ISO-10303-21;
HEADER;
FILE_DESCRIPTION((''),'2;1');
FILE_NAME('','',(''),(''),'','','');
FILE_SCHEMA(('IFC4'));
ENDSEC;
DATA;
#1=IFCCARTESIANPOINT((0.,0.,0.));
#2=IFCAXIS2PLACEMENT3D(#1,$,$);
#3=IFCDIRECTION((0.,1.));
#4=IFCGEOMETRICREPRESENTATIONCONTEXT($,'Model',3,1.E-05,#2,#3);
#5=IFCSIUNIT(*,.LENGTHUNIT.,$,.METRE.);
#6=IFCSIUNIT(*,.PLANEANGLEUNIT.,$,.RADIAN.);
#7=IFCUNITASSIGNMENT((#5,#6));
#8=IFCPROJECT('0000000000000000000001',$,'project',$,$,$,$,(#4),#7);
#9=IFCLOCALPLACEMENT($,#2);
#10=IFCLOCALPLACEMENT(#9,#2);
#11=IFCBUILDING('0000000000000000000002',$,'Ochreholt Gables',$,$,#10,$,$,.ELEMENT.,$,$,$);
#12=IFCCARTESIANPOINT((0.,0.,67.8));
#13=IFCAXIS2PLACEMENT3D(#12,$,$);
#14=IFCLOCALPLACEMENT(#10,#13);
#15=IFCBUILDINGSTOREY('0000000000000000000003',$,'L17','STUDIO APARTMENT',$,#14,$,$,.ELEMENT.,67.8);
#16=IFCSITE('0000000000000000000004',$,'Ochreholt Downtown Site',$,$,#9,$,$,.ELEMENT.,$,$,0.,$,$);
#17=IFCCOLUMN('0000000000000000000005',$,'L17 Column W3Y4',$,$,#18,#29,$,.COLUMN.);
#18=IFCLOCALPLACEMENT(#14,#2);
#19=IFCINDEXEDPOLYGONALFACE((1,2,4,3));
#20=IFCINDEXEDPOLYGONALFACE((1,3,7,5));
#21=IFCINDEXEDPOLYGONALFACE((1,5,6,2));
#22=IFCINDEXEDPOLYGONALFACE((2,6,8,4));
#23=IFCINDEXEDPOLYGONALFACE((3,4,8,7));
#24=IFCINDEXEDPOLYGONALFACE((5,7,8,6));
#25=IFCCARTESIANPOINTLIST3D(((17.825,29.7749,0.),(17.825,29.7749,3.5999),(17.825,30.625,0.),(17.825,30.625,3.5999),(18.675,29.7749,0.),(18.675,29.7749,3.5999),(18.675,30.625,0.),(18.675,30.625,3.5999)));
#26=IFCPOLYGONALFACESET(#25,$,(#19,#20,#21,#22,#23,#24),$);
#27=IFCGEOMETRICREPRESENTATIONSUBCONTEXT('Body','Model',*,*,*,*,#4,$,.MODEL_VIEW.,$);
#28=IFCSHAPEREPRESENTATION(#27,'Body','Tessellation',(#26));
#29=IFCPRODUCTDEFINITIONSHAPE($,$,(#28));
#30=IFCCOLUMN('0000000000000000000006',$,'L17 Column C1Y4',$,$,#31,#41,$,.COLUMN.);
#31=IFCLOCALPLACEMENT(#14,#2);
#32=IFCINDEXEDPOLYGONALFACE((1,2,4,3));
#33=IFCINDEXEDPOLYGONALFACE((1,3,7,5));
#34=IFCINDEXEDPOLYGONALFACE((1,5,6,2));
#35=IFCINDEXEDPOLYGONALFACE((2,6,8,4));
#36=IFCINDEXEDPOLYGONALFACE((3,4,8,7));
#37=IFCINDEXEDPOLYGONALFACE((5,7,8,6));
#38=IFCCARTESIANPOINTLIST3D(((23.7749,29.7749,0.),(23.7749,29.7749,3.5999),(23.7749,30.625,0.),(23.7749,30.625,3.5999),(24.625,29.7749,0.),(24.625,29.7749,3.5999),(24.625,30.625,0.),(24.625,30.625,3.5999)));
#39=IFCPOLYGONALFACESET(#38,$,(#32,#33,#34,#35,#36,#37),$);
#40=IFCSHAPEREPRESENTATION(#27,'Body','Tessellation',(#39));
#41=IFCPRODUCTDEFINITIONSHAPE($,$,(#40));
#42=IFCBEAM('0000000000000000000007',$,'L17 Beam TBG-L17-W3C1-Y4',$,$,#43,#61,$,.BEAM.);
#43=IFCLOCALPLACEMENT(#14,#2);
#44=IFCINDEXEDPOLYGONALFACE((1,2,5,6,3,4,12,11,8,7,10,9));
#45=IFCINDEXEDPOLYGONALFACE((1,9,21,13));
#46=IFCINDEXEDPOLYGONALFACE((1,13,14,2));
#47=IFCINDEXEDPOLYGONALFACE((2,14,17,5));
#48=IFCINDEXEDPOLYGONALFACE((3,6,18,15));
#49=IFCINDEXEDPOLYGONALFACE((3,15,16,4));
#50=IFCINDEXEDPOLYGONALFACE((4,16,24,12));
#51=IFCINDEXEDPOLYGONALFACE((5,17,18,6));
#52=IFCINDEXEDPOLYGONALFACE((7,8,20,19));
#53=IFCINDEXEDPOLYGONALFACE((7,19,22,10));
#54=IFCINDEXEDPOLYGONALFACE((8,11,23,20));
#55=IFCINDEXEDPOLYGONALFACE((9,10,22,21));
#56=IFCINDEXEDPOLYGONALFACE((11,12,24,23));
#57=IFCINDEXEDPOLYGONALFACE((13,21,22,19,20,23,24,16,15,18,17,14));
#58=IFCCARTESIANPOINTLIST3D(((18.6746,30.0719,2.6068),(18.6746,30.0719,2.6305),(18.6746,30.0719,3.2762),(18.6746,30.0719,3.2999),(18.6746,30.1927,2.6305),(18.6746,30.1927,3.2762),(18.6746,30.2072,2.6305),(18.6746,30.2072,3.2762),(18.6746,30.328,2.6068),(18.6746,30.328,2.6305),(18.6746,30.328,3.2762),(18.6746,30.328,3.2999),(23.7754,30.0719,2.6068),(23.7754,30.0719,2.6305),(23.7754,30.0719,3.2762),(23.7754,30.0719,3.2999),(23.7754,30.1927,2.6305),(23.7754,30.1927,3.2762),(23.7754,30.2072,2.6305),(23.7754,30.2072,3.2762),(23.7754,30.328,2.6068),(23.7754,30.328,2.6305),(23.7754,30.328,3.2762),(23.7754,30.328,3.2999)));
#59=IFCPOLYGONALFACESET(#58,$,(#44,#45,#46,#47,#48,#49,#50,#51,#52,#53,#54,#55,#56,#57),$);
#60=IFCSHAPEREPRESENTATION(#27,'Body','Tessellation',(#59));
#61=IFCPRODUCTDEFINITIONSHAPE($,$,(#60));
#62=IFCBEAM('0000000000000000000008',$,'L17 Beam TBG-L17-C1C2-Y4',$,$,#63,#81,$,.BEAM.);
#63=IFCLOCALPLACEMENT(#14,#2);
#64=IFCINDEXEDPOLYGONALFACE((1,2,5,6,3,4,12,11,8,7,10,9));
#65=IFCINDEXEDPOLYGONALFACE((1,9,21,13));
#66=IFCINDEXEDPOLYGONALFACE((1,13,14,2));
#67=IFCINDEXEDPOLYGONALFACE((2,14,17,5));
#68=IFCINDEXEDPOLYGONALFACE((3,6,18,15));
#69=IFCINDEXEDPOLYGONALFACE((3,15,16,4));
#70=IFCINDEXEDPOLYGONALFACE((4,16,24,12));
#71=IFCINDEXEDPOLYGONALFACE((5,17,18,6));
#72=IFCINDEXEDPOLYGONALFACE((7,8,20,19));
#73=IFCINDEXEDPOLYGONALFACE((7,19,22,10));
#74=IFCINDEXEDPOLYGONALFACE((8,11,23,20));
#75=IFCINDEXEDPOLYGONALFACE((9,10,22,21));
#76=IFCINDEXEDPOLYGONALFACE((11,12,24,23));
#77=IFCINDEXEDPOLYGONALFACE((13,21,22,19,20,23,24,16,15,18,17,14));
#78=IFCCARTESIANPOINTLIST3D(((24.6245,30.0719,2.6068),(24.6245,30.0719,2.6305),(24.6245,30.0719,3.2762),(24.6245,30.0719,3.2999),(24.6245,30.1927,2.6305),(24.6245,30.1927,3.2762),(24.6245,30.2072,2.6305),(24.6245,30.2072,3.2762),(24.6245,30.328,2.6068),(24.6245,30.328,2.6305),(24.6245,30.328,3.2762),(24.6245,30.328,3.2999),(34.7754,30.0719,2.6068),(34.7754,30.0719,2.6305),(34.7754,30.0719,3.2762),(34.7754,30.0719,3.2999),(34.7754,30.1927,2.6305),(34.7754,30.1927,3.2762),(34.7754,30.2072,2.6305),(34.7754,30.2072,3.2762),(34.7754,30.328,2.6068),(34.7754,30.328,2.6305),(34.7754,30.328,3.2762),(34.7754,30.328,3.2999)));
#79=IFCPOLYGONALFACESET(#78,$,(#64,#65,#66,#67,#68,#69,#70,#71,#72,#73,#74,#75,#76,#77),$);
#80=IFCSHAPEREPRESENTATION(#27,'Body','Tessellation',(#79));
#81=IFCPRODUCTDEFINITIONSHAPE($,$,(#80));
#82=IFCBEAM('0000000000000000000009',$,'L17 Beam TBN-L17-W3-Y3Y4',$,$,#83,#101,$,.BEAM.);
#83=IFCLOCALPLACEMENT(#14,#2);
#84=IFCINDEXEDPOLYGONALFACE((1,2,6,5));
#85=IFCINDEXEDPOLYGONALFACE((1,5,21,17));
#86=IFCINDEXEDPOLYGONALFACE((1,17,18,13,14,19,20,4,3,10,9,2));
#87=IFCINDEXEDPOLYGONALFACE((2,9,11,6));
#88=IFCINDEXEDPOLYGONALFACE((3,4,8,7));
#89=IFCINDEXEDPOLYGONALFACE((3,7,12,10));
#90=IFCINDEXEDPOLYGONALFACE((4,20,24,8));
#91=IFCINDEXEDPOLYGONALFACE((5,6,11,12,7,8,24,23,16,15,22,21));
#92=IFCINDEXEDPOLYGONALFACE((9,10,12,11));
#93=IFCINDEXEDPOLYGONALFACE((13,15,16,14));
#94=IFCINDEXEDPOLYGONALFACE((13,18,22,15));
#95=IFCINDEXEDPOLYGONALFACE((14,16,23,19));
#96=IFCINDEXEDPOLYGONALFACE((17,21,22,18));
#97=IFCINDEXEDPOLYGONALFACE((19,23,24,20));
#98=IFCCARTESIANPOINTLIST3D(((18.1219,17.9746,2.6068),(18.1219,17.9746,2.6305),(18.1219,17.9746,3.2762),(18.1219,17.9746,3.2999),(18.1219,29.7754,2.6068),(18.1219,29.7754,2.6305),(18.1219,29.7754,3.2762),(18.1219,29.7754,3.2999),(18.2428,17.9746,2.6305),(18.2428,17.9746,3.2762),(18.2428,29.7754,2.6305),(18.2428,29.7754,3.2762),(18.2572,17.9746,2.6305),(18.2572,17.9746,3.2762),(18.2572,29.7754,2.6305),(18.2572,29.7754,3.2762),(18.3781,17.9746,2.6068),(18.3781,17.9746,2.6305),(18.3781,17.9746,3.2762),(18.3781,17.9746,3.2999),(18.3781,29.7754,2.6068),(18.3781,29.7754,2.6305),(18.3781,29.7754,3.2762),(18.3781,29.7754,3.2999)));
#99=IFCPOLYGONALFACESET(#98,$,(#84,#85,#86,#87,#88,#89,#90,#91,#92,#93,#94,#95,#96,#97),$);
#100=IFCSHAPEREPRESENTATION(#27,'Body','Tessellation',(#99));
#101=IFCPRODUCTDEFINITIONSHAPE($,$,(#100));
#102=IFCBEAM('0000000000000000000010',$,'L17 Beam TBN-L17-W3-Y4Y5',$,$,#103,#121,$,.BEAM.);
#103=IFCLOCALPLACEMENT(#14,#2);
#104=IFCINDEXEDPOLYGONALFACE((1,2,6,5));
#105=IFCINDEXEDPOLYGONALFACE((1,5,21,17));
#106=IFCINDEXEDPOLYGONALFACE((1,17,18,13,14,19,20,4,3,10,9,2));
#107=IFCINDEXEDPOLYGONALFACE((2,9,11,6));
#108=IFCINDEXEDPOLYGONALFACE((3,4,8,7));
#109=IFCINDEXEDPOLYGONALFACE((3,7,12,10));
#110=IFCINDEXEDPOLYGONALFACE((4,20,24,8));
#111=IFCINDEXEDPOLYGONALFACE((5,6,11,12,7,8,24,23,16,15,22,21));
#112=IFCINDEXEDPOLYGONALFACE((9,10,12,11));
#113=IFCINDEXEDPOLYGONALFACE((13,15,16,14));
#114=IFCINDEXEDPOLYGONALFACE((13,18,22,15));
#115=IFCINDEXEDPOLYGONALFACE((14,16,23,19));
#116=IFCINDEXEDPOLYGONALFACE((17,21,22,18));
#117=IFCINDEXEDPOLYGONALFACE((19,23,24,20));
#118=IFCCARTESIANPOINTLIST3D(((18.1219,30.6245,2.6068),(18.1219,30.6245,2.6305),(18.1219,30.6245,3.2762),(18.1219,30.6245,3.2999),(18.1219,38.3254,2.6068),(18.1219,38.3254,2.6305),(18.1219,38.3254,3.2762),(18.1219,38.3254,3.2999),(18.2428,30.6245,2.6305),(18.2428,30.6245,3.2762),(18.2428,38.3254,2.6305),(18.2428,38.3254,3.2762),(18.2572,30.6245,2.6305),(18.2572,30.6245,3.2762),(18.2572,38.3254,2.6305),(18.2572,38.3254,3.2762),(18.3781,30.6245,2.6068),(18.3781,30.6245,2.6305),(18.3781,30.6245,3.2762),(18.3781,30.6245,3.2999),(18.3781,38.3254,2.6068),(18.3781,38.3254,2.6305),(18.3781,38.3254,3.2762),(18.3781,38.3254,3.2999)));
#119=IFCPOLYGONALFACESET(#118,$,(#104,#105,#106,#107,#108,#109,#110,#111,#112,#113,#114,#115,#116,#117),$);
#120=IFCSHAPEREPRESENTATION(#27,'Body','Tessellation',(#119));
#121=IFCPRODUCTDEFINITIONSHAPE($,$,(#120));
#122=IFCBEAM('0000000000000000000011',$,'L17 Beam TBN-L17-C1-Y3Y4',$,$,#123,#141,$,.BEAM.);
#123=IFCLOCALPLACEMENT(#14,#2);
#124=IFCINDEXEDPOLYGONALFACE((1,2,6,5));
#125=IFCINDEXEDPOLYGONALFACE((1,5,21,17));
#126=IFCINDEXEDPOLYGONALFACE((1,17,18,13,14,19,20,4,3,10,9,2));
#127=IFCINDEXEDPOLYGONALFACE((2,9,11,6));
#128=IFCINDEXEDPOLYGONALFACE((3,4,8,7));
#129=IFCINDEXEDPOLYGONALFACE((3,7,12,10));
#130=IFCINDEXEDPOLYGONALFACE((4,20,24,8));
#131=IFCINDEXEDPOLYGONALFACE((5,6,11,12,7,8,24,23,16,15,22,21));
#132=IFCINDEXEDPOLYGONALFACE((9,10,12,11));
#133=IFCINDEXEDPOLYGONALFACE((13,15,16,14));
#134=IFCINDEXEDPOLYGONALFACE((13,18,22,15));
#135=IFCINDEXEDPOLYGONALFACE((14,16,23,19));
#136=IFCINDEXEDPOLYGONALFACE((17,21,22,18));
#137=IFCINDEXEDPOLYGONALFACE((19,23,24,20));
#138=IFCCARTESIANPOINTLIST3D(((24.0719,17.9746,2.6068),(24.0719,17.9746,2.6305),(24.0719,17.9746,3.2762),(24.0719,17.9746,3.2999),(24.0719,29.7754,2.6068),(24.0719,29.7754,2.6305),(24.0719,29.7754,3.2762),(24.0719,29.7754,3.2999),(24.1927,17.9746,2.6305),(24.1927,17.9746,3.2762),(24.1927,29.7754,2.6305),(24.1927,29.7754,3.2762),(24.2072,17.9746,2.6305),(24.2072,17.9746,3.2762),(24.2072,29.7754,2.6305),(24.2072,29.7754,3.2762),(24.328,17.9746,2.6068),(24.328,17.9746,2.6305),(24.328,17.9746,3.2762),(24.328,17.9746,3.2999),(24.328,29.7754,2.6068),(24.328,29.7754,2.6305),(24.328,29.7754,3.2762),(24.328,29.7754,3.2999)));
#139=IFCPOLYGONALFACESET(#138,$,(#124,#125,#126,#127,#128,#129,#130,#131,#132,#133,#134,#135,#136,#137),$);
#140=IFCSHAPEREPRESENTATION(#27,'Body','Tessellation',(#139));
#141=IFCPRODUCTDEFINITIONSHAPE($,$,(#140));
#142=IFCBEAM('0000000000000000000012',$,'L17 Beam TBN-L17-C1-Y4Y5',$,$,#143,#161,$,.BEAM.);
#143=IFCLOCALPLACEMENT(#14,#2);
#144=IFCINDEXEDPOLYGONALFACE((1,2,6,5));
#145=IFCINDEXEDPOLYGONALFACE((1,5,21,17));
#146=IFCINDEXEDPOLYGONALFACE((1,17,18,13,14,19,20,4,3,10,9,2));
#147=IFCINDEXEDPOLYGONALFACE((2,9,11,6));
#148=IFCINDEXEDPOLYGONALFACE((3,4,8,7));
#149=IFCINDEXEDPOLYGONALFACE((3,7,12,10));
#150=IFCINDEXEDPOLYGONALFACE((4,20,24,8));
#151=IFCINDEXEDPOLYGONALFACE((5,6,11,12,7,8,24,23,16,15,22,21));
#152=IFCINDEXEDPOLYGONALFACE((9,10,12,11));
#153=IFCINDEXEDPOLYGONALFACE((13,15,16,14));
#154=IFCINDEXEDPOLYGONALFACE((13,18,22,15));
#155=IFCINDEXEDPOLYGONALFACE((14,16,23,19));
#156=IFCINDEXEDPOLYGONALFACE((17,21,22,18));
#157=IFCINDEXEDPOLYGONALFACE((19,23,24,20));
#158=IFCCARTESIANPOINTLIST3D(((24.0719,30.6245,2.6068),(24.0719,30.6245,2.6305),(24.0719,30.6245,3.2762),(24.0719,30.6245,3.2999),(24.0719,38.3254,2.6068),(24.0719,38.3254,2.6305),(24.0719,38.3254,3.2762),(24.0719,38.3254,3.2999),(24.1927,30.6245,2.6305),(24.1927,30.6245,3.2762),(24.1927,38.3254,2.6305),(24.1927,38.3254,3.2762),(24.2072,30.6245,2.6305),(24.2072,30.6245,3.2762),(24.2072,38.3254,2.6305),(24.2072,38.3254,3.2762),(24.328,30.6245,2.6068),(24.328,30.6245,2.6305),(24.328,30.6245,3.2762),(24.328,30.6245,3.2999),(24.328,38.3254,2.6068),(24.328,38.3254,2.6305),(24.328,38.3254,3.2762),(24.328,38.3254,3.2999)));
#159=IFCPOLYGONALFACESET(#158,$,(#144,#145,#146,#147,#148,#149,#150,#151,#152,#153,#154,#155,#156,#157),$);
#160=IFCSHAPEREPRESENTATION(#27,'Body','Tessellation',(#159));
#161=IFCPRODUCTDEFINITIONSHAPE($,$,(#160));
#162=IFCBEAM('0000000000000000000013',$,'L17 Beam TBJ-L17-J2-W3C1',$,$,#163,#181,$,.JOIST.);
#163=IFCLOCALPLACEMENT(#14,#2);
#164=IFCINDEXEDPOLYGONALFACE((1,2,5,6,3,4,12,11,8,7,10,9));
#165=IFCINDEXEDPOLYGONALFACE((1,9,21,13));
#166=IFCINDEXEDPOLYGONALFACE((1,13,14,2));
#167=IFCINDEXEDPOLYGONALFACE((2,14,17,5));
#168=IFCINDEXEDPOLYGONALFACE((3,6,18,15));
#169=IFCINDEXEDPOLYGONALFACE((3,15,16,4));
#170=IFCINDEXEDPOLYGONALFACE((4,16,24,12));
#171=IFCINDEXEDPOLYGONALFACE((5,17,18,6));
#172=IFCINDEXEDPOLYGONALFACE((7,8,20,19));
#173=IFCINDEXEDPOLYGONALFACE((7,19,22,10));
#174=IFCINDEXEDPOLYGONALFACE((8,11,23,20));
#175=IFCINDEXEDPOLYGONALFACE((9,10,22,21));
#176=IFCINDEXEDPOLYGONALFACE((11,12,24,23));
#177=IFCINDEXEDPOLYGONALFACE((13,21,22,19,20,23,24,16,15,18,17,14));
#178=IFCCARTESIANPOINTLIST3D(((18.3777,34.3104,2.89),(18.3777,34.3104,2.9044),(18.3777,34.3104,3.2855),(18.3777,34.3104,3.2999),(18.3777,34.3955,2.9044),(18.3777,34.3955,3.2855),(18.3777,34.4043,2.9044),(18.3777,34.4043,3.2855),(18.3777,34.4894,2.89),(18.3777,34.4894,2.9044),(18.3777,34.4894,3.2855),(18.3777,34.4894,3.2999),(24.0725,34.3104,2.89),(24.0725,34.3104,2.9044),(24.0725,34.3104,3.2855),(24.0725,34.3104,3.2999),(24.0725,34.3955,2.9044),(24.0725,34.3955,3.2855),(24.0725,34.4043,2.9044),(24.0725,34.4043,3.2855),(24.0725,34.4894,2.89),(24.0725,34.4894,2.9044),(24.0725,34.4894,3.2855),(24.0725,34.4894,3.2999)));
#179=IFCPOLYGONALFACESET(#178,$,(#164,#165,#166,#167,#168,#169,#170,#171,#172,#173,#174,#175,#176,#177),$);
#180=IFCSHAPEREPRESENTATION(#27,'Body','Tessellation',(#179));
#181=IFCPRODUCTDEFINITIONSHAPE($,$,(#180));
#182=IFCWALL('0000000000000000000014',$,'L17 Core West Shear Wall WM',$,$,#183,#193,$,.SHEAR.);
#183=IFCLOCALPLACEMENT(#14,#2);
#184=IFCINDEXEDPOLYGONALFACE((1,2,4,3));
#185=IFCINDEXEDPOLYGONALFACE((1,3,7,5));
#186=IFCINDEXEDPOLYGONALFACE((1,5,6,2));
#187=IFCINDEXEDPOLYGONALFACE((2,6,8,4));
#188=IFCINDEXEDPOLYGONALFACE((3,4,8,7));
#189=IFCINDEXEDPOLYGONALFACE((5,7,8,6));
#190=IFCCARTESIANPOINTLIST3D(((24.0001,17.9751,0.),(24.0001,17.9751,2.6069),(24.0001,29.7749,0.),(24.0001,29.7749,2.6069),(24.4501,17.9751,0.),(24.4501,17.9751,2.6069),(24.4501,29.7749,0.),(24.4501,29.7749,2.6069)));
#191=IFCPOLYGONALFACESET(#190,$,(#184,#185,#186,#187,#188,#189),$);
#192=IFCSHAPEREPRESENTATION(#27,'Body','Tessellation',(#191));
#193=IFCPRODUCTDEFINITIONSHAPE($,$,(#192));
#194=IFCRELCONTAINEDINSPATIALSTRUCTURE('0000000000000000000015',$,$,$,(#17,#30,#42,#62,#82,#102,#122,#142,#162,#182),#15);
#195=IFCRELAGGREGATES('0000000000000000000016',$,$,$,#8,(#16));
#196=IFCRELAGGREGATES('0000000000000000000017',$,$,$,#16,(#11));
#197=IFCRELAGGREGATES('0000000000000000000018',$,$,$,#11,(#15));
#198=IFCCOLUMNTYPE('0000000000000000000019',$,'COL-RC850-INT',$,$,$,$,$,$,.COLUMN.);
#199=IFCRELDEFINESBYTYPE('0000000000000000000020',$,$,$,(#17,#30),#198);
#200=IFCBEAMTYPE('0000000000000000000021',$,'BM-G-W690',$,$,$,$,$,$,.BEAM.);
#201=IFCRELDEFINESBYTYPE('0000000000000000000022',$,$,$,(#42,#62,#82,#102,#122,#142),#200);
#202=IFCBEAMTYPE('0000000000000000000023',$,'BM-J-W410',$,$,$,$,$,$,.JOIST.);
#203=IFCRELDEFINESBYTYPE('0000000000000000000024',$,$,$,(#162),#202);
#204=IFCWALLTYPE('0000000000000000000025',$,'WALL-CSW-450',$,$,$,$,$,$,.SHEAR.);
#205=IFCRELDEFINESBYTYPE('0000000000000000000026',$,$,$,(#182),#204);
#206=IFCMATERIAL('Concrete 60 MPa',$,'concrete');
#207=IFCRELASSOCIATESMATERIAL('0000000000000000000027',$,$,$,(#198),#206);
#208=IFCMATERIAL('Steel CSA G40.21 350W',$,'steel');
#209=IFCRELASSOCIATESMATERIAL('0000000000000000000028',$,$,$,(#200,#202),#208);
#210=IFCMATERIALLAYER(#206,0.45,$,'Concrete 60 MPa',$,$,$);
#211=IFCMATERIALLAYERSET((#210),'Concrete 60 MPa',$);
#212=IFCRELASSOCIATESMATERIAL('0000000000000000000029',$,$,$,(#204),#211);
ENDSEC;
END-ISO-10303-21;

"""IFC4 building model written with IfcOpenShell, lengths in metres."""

from ifc_helpers import new_model, si_unit, direction, frame, frame_2d, origin, origin_2d, place, context, subcontext, project, spatial, rectangle, i_section, extrude, material, layer, layer_set, material_profile, profile_set, type_object, element, save


model = new_model("IFC4")

# Units and contexts
model_context = context("Model", 3, precision=1e-05, world=origin(), true_north=direction((0.0, 1.0)))
body_context = subcontext(model_context, "Body", "Model", "MODEL_VIEW")
ifc_project = project(units=[si_unit("LENGTHUNIT", "METRE"), si_unit("PLANEANGLEUNIT", "RADIAN")], contexts=[model_context])

# Site, building, storey
site_placement = place(None, origin())
site = spatial("IfcSite", under=ifc_project, at=site_placement, Name="Ochreholt Downtown Site", CompositionType="ELEMENT", RefElevation=0.0)
building_placement = place(site_placement, origin())
building = spatial("IfcBuilding", under=site, at=building_placement, Name="Ochreholt Gables", CompositionType="ELEMENT")
storey_placement = place(building_placement, frame((0.0, 0.0, 67.8)))
storey = spatial("IfcBuildingStorey", under=building, at=storey_placement, Name="L17", Description="STUDIO APARTMENT", CompositionType="ELEMENT", Elevation=67.8)

# Columns
ifc_material_1 = material(Name="Concrete 60 MPa", Category="concrete")
ifc_material_profile_1 = material_profile(ifc_material_1, rectangle(XDim=0.8501, YDim=0.8501, at=origin_2d()), Name="RC850X850")
ifc_profile_set_1 = profile_set([ifc_material_profile_1], Name="Concrete 60 MPa")
column_type = type_object("IfcColumnType", Name="COL-RC850-INT", PredefinedType="COLUMN", material=ifc_profile_set_1)
for number, where, z_axis, x_axis, name in (
    (1, (18.25, 30.2, 0.0), (0.0, 0.0, 1.0), (1.0, 0.0, 0.0), "L17 Column W3Y4"),
    (2, (24.2, 30.2, 0.0), (0.0, 0.0, 1.0), (1.0, 0.0, 0.0), "L17 Column C1Y4"),
):
    element("IfcColumn", number, at=place(storey_placement, frame(where, z_axis=z_axis, x_axis=x_axis)), inside=storey, type_object=column_type, Name=name, PredefinedType="COLUMN", context=body_context, shape_type="SweptSolid", body=[
        extrude(rectangle(XDim=0.8501, YDim=0.8501, at=origin_2d()), origin(), (0.0, 0.0, 1.0), 3.5999),
    ])

# Beams
ifc_material_2 = material(Name="Steel CSA G40.21 350W", Category="steel")
ifc_material_profile_2 = material_profile(ifc_material_2, i_section(OverallWidth=0.2561, OverallDepth=0.6931, WebThickness=0.0144, FlangeThickness=0.0237, at=origin_2d()), Name="W690X170")
ifc_profile_set_2 = profile_set([ifc_material_profile_2], Name="Steel CSA G40.21 350W")
beam_type_1 = type_object("IfcBeamType", Name="BM-G-W690", PredefinedType="BEAM", material=ifc_profile_set_2)
beam_1_placement = place(storey_placement, frame((18.6746, 30.2, 2.9534), z_axis=(1.0, 0.0, 0.0), x_axis=(0.0, 1.0, 0.0)))
element("IfcBeam", 3, at=beam_1_placement, inside=storey, type_object=beam_type_1, Name="L17 Beam TBG-L17-W3C1-Y4", PredefinedType="BEAM", context=body_context, shape_type="SweptSolid", body=[
    extrude(i_section(OverallWidth=0.2561, OverallDepth=0.6931, WebThickness=0.0144, FlangeThickness=0.0237, at=origin_2d()), origin(), (0.0, 0.0, 1.0), 5.1008),
])
beam_2_placement = place(storey_placement, frame((24.6245, 30.2, 2.9534), z_axis=(1.0, 0.0, 0.0), x_axis=(0.0, 1.0, 0.0)))
element("IfcBeam", 4, at=beam_2_placement, inside=storey, type_object=beam_type_1, Name="L17 Beam TBG-L17-C1C2-Y4", PredefinedType="BEAM", context=body_context, shape_type="SweptSolid", body=[
    extrude(i_section(OverallWidth=0.2561, OverallDepth=0.6931, WebThickness=0.0144, FlangeThickness=0.0237, at=origin_2d()), origin(), (0.0, 0.0, 1.0), 10.1509),
])
beam_3_placement = place(storey_placement, frame((18.25, 17.9746, 2.9534), z_axis=(0.0, 1.0, 0.0), x_axis=(-1.0, 0.0, 0.0)))
element("IfcBeam", 5, at=beam_3_placement, inside=storey, type_object=beam_type_1, Name="L17 Beam TBN-L17-W3-Y3Y4", PredefinedType="BEAM", context=body_context, shape_type="SweptSolid", body=[
    extrude(i_section(OverallWidth=0.2561, OverallDepth=0.6931, WebThickness=0.0144, FlangeThickness=0.0237, at=origin_2d()), origin(), (0.0, 0.0, 1.0), 11.8008),
])
beam_4_placement = place(storey_placement, frame((18.25, 30.6245, 2.9534), z_axis=(0.0, 1.0, 0.0), x_axis=(-1.0, 0.0, 0.0)))
element("IfcBeam", 6, at=beam_4_placement, inside=storey, type_object=beam_type_1, Name="L17 Beam TBN-L17-W3-Y4Y5", PredefinedType="BEAM", context=body_context, shape_type="SweptSolid", body=[
    extrude(i_section(OverallWidth=0.2561, OverallDepth=0.6931, WebThickness=0.0144, FlangeThickness=0.0237, at=origin_2d()), origin(), (0.0, 0.0, 1.0), 7.7009),
])
beam_5_placement = place(storey_placement, frame((24.2, 17.9746, 2.9534), z_axis=(0.0, 1.0, 0.0), x_axis=(-1.0, 0.0, 0.0)))
element("IfcBeam", 7, at=beam_5_placement, inside=storey, type_object=beam_type_1, Name="L17 Beam TBN-L17-C1-Y3Y4", PredefinedType="BEAM", context=body_context, shape_type="SweptSolid", body=[
    extrude(i_section(OverallWidth=0.2561, OverallDepth=0.6931, WebThickness=0.0144, FlangeThickness=0.0237, at=origin_2d()), origin(), (0.0, 0.0, 1.0), 11.8008),
])
beam_6_placement = place(storey_placement, frame((24.2, 30.6245, 2.9534), z_axis=(0.0, 1.0, 0.0), x_axis=(-1.0, 0.0, 0.0)))
element("IfcBeam", 8, at=beam_6_placement, inside=storey, type_object=beam_type_1, Name="L17 Beam TBN-L17-C1-Y4Y5", PredefinedType="BEAM", context=body_context, shape_type="SweptSolid", body=[
    extrude(i_section(OverallWidth=0.2561, OverallDepth=0.6931, WebThickness=0.0144, FlangeThickness=0.0237, at=origin_2d()), origin(), (0.0, 0.0, 1.0), 7.7009),
])
ifc_material_profile_3 = material_profile(ifc_material_2, i_section(OverallWidth=0.179, OverallDepth=0.4099, WebThickness=0.0088, FlangeThickness=0.0144, at=origin_2d()), Name="W410X67")
ifc_profile_set_3 = profile_set([ifc_material_profile_3], Name="Steel CSA G40.21 350W")
beam_type_2 = type_object("IfcBeamType", Name="BM-J-W410", PredefinedType="JOIST", material=ifc_profile_set_3)
beam_7_placement = place(storey_placement, frame((18.3777, 34.3999, 3.095), z_axis=(1.0, 0.0, 0.0), x_axis=(0.0, 1.0, 0.0)))
element("IfcBeam", 9, at=beam_7_placement, inside=storey, type_object=beam_type_2, Name="L17 Beam TBJ-L17-J2-W3C1", PredefinedType="JOIST", context=body_context, shape_type="SweptSolid", body=[
    extrude(i_section(OverallWidth=0.179, OverallDepth=0.4099, WebThickness=0.0088, FlangeThickness=0.0144, at=origin_2d()), origin(), (0.0, 0.0, 1.0), 5.6948),
])

# Wall
ifc_layer_1 = layer(ifc_material_1, 0.45, Name="Concrete 60 MPa")
ifc_layer_set_1 = layer_set([ifc_layer_1], Name="Concrete 60 MPa")
wall_type_1 = type_object("IfcWallType", Name="WALL-CSW-450", PredefinedType="SHEAR", material=ifc_layer_set_1)
wall_1_placement = place(storey_placement, frame((24.2251, 17.9751, 0.0), z_axis=(0.0, 0.0, 1.0), x_axis=(0.0, 1.0, 0.0)))
element("IfcWall", 10, at=wall_1_placement, inside=storey, type_object=wall_type_1, Name="L17 Core West Shear Wall WM", PredefinedType="SHEAR", context=body_context, shape_type="SweptSolid", body=[
    extrude(rectangle(XDim=11.7998, YDim=0.45, at=frame_2d((5.8999, 0.0))), origin(), (0.0, 0.0, 1.0), 2.6069),
])

save(model, "model.ifc")
